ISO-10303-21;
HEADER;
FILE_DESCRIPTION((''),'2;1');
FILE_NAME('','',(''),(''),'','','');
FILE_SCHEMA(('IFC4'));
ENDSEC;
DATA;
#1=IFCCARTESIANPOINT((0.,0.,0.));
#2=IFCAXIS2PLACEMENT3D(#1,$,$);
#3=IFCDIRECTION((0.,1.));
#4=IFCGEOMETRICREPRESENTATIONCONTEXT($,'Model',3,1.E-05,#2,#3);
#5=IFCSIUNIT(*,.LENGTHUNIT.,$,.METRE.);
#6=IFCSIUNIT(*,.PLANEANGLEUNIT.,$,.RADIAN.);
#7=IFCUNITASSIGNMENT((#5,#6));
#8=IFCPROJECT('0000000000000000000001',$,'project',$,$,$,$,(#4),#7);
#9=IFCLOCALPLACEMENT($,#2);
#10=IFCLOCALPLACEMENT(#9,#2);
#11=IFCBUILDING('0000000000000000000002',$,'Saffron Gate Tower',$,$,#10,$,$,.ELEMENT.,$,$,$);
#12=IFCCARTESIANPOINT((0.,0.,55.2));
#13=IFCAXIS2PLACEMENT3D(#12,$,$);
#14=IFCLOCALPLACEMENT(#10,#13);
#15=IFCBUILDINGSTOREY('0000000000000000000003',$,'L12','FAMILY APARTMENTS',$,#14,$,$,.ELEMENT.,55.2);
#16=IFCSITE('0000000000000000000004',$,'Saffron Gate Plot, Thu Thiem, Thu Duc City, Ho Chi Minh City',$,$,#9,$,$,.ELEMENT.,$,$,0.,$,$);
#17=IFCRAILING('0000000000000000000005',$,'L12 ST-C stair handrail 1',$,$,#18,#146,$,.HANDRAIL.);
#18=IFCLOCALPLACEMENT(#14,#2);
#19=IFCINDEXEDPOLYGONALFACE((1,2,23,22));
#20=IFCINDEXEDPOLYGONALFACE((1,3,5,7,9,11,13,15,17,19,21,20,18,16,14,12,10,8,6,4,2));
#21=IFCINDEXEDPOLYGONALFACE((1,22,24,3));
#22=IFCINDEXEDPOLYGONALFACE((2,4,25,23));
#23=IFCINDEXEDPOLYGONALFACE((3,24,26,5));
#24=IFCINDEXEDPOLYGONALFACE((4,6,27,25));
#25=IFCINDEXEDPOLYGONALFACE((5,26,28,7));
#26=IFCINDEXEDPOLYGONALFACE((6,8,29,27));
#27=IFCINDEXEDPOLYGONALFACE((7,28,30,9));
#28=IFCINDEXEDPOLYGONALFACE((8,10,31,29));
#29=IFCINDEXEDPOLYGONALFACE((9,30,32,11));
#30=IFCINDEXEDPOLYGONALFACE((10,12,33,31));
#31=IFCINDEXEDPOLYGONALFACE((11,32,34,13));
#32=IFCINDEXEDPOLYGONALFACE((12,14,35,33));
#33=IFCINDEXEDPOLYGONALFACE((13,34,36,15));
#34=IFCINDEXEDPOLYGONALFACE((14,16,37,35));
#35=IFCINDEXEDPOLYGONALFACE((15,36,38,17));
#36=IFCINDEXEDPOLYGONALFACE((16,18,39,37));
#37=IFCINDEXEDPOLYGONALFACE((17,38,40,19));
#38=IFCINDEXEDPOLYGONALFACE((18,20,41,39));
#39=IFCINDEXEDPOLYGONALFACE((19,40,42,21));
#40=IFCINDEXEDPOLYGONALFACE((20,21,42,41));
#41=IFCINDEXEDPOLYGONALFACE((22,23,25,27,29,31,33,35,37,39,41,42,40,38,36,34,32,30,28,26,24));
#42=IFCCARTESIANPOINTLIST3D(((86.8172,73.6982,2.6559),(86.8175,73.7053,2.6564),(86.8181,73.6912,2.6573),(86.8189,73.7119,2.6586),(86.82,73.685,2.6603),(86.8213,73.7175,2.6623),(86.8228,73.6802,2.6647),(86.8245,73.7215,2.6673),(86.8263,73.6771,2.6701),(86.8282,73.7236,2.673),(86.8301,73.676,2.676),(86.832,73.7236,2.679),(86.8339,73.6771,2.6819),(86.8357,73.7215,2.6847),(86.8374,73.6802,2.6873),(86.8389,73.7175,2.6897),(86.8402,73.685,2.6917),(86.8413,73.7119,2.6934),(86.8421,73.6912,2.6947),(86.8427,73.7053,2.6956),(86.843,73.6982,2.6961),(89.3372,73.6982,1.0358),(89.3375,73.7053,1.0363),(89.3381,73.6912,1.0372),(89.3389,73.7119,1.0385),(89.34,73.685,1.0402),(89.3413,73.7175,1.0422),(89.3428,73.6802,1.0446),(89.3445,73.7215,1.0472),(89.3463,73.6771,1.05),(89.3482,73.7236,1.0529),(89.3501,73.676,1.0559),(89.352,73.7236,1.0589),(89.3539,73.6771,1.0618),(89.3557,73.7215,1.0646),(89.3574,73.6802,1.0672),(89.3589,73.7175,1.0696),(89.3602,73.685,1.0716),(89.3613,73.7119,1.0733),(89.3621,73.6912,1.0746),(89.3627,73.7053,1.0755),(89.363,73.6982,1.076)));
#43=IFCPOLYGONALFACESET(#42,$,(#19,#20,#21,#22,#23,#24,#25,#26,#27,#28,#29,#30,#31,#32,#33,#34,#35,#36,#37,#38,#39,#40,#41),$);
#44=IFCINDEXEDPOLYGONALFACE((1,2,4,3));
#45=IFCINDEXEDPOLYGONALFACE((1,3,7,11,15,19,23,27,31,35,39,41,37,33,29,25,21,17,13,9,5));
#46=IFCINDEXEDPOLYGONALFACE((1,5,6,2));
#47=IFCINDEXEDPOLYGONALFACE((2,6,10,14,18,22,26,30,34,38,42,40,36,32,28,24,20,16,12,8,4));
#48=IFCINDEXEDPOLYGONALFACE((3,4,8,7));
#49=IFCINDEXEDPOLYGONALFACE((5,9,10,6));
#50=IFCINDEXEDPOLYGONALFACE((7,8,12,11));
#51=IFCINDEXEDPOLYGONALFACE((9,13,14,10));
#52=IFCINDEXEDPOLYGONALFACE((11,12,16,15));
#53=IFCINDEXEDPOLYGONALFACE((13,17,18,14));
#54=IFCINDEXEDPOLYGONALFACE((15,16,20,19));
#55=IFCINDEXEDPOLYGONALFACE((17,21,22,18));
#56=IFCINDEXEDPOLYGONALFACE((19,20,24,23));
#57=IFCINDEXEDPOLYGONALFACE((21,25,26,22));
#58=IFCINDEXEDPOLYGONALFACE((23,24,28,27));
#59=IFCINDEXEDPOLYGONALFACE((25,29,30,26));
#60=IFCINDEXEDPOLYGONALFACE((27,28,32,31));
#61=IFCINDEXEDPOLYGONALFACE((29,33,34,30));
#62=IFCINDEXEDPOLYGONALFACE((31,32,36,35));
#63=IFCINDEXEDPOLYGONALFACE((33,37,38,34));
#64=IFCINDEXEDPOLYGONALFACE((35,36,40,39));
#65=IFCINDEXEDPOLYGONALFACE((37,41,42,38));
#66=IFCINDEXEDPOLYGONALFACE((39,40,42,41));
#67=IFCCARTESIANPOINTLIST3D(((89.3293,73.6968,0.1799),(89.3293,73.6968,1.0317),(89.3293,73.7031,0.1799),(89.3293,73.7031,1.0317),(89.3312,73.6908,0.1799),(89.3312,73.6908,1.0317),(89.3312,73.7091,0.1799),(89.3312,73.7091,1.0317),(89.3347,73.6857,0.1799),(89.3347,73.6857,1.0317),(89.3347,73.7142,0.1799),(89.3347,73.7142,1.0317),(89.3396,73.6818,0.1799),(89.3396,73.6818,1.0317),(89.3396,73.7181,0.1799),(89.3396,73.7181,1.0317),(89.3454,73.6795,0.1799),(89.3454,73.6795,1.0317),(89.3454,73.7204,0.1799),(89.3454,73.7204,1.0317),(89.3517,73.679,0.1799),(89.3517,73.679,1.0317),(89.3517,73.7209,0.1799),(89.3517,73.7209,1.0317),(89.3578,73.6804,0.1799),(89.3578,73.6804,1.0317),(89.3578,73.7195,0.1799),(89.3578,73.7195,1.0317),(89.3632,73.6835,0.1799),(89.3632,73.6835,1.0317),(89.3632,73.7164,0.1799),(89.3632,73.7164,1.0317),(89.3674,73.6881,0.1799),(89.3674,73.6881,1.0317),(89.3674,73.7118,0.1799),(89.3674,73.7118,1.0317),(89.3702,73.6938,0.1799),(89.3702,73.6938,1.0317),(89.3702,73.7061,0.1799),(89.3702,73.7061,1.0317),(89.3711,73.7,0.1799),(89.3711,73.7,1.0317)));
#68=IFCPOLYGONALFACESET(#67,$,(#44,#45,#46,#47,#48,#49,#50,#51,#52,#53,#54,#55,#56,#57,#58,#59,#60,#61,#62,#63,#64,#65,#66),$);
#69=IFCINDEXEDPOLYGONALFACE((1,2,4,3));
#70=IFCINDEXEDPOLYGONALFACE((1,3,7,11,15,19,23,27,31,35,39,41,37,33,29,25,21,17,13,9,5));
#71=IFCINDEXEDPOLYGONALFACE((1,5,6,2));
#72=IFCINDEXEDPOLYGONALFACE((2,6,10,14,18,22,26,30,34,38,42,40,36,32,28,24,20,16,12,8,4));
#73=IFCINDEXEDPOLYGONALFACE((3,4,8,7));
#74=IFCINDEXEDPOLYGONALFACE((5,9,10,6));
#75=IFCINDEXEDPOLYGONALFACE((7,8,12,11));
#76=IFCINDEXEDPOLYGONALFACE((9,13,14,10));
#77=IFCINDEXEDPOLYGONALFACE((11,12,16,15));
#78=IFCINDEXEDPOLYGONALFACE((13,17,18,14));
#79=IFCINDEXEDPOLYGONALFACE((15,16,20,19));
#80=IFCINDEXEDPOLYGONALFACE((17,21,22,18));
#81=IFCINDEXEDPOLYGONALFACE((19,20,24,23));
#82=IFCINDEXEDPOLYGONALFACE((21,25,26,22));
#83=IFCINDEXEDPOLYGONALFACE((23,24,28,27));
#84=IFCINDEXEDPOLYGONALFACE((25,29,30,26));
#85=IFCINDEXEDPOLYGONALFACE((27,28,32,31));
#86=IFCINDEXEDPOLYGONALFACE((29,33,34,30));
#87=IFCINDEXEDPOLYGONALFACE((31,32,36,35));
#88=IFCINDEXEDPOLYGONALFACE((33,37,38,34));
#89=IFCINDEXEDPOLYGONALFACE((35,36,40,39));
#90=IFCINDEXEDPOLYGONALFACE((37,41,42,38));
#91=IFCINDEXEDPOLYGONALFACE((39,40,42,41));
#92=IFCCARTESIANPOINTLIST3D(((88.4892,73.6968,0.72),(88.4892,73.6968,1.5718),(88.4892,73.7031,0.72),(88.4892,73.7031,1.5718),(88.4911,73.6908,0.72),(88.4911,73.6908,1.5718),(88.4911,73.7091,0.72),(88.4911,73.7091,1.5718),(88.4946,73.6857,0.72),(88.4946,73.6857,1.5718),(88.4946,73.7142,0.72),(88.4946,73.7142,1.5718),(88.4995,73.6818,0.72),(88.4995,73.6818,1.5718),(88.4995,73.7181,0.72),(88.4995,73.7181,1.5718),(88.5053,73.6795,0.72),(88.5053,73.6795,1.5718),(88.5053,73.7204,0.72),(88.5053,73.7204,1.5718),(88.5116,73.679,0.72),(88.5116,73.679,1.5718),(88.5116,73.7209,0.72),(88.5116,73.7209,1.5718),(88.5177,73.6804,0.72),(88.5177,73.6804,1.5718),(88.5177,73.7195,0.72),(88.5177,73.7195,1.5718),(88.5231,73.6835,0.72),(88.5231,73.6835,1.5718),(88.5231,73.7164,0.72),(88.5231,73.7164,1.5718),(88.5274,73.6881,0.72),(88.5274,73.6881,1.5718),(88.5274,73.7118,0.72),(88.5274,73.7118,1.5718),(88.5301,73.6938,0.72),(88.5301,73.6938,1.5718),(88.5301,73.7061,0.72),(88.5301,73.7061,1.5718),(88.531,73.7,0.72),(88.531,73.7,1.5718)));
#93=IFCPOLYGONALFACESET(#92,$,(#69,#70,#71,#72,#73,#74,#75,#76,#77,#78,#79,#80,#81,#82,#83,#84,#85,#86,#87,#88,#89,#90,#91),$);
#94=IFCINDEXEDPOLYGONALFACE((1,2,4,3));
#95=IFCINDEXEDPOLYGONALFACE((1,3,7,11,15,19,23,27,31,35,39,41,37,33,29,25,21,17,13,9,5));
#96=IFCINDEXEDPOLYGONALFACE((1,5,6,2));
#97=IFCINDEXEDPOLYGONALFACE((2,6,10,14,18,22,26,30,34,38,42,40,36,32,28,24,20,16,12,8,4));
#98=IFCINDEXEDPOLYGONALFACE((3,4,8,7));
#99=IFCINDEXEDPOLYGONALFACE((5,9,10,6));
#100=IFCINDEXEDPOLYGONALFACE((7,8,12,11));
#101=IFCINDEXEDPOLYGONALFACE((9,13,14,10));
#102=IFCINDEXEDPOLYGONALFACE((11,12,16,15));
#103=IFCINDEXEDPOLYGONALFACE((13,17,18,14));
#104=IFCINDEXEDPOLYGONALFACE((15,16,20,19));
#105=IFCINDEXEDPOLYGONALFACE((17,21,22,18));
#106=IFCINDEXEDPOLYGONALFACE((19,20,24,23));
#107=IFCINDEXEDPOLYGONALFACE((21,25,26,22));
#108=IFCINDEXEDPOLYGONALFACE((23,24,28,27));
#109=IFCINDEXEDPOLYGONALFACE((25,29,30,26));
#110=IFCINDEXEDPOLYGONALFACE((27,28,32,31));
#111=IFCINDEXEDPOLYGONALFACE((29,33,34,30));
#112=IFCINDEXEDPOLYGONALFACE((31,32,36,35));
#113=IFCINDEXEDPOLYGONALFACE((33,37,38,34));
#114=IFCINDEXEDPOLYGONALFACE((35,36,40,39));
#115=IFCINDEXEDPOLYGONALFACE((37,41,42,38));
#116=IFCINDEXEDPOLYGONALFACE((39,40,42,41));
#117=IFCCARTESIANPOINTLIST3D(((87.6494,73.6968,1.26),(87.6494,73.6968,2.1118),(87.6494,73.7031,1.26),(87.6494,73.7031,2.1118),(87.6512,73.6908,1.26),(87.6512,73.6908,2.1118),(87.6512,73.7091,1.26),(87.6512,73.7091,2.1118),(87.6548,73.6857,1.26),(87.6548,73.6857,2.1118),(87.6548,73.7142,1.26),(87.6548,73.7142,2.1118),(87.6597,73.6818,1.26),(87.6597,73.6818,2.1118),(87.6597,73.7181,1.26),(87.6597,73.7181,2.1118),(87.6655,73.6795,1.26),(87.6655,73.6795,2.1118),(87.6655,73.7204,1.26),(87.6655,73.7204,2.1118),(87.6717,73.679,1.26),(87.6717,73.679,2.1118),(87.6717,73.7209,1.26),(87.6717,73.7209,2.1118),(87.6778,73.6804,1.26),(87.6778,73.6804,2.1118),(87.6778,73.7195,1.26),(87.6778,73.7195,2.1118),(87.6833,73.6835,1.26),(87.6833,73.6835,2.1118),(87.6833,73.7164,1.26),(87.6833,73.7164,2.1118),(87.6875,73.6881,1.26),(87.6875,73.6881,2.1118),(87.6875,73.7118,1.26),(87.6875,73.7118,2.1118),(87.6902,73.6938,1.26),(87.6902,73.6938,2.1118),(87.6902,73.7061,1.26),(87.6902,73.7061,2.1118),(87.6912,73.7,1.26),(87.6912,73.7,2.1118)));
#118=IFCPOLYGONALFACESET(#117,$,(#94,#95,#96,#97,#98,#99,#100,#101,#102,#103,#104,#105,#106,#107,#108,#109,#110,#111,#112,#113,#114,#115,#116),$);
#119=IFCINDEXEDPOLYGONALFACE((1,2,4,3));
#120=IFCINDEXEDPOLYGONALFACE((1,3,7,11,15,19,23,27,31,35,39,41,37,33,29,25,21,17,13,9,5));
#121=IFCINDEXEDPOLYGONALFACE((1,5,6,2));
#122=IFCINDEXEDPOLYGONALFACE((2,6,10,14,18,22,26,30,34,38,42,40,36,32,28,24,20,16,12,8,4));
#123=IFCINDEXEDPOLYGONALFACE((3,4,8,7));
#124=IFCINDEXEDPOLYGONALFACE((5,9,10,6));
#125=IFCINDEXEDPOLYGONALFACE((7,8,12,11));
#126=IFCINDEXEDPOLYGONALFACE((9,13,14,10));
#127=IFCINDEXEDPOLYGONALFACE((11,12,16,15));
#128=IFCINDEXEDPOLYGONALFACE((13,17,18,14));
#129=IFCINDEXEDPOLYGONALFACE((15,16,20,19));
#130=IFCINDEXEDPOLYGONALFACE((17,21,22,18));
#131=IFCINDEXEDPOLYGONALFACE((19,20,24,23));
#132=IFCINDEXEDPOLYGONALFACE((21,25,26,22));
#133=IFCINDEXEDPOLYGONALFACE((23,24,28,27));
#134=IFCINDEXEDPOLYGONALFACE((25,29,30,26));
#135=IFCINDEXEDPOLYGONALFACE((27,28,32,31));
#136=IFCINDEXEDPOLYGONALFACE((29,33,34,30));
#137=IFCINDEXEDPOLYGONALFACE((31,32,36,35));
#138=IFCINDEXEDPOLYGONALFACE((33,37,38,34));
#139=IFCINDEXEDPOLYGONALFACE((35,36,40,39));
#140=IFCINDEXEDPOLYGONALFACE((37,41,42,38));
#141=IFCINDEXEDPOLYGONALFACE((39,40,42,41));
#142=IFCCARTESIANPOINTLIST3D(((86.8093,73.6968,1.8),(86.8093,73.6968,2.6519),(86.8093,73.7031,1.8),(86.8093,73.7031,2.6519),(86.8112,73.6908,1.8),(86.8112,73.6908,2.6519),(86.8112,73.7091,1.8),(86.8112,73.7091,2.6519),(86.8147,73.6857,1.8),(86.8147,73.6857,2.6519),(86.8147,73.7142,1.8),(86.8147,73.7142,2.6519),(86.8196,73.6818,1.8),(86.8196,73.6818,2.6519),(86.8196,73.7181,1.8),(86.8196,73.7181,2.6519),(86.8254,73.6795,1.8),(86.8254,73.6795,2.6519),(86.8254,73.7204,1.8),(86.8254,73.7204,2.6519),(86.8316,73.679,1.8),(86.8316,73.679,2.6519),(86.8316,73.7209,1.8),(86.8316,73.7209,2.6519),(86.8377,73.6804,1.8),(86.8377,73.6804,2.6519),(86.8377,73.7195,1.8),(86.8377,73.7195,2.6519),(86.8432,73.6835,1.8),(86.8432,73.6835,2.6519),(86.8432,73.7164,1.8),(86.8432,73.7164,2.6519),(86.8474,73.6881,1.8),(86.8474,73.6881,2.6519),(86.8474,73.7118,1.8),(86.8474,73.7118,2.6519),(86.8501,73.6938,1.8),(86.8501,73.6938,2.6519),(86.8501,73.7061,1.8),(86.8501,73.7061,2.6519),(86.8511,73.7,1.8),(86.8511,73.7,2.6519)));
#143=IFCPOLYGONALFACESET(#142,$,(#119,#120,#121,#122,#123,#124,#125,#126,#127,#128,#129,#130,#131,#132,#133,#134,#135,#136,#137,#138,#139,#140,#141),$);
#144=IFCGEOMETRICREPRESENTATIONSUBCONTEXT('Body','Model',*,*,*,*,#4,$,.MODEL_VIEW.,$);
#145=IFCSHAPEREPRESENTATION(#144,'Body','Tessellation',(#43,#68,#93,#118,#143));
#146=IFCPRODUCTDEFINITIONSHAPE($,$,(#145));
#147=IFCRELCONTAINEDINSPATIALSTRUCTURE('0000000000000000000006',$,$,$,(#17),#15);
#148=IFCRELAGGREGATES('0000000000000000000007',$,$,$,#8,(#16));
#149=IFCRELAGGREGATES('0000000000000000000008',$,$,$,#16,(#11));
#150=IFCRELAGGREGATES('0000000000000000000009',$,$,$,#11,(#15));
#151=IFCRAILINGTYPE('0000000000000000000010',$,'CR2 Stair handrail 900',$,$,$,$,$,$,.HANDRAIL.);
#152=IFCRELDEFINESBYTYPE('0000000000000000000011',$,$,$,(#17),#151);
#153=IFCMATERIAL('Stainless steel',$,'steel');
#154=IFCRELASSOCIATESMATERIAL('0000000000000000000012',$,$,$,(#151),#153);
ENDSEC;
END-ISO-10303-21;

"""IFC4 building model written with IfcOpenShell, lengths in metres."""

from ifc_helpers import new_model, si_unit, direction, frame, origin, origin_2d, place, context, subcontext, project, spatial, circle, extrude, material, type_object, element, save


model = new_model("IFC4")

# Units and contexts
model_context = context("Model", 3, precision=1e-05, world=origin(), true_north=direction((0.0, 1.0)))
body_context = subcontext(model_context, "Body", "Model", "MODEL_VIEW")
ifc_project = project(units=[si_unit("LENGTHUNIT", "METRE"), si_unit("PLANEANGLEUNIT", "RADIAN")], contexts=[model_context])

# Site, building, storey
site_placement = place(None, origin())
site = spatial("IfcSite", under=ifc_project, at=site_placement, Name="Saffron Gate Plot, Thu Thiem, Thu Duc City, Ho Chi Minh City", CompositionType="ELEMENT", RefElevation=0.0)
building_placement = place(site_placement, origin())
building = spatial("IfcBuilding", under=site, at=building_placement, Name="Saffron Gate Tower", CompositionType="ELEMENT")
storey_placement = place(building_placement, frame((0.0, 0.0, 55.2)))
storey = spatial("IfcBuildingStorey", under=building, at=storey_placement, Name="L12", Description="FAMILY APARTMENTS", CompositionType="ELEMENT", Elevation=55.2)

# Railing
ifc_material_1 = material(Name="Stainless steel", Category="steel")
railing_type_1 = type_object("IfcRailingType", Name="CR2 Stair handrail 900", PredefinedType="HANDRAIL", material=ifc_material_1)
railing_1_placement = place(storey_placement, frame((89.3501, 73.7, 0.1799)))
element("IfcRailing", 1, at=railing_1_placement, inside=storey, type_object=railing_type_1, Name="L12 ST-C stair handrail 1", PredefinedType="HANDRAIL", context=body_context, shape_type="SweptSolid", body=[
    extrude(circle(Radius=0.0239, at=origin_2d()), frame((0.0, 0.0, 0.876), z_axis=(-0.841163, 0.0, 0.540782), x_axis=(0.0, -1.0, 0.0)), (0.0, 0.0, 1.0), 2.9958),
    extrude(circle(Radius=0.021, at=origin_2d()), origin(), (0.0, 0.0, 1.0), 0.8518),
    extrude(circle(Radius=0.021, at=origin_2d()), frame((-0.8401, 0.0, 0.54)), (0.0, 0.0, 1.0), 0.8518),
    extrude(circle(Radius=0.021, at=origin_2d()), frame((-1.6799, 0.0, 1.0801)), (0.0, 0.0, 1.0), 0.8518),
    extrude(circle(Radius=0.021, at=origin_2d()), frame((-2.52, 0.0, 1.6201)), (0.0, 0.0, 1.0), 0.8518),
])

save(model, "model.ifc")
